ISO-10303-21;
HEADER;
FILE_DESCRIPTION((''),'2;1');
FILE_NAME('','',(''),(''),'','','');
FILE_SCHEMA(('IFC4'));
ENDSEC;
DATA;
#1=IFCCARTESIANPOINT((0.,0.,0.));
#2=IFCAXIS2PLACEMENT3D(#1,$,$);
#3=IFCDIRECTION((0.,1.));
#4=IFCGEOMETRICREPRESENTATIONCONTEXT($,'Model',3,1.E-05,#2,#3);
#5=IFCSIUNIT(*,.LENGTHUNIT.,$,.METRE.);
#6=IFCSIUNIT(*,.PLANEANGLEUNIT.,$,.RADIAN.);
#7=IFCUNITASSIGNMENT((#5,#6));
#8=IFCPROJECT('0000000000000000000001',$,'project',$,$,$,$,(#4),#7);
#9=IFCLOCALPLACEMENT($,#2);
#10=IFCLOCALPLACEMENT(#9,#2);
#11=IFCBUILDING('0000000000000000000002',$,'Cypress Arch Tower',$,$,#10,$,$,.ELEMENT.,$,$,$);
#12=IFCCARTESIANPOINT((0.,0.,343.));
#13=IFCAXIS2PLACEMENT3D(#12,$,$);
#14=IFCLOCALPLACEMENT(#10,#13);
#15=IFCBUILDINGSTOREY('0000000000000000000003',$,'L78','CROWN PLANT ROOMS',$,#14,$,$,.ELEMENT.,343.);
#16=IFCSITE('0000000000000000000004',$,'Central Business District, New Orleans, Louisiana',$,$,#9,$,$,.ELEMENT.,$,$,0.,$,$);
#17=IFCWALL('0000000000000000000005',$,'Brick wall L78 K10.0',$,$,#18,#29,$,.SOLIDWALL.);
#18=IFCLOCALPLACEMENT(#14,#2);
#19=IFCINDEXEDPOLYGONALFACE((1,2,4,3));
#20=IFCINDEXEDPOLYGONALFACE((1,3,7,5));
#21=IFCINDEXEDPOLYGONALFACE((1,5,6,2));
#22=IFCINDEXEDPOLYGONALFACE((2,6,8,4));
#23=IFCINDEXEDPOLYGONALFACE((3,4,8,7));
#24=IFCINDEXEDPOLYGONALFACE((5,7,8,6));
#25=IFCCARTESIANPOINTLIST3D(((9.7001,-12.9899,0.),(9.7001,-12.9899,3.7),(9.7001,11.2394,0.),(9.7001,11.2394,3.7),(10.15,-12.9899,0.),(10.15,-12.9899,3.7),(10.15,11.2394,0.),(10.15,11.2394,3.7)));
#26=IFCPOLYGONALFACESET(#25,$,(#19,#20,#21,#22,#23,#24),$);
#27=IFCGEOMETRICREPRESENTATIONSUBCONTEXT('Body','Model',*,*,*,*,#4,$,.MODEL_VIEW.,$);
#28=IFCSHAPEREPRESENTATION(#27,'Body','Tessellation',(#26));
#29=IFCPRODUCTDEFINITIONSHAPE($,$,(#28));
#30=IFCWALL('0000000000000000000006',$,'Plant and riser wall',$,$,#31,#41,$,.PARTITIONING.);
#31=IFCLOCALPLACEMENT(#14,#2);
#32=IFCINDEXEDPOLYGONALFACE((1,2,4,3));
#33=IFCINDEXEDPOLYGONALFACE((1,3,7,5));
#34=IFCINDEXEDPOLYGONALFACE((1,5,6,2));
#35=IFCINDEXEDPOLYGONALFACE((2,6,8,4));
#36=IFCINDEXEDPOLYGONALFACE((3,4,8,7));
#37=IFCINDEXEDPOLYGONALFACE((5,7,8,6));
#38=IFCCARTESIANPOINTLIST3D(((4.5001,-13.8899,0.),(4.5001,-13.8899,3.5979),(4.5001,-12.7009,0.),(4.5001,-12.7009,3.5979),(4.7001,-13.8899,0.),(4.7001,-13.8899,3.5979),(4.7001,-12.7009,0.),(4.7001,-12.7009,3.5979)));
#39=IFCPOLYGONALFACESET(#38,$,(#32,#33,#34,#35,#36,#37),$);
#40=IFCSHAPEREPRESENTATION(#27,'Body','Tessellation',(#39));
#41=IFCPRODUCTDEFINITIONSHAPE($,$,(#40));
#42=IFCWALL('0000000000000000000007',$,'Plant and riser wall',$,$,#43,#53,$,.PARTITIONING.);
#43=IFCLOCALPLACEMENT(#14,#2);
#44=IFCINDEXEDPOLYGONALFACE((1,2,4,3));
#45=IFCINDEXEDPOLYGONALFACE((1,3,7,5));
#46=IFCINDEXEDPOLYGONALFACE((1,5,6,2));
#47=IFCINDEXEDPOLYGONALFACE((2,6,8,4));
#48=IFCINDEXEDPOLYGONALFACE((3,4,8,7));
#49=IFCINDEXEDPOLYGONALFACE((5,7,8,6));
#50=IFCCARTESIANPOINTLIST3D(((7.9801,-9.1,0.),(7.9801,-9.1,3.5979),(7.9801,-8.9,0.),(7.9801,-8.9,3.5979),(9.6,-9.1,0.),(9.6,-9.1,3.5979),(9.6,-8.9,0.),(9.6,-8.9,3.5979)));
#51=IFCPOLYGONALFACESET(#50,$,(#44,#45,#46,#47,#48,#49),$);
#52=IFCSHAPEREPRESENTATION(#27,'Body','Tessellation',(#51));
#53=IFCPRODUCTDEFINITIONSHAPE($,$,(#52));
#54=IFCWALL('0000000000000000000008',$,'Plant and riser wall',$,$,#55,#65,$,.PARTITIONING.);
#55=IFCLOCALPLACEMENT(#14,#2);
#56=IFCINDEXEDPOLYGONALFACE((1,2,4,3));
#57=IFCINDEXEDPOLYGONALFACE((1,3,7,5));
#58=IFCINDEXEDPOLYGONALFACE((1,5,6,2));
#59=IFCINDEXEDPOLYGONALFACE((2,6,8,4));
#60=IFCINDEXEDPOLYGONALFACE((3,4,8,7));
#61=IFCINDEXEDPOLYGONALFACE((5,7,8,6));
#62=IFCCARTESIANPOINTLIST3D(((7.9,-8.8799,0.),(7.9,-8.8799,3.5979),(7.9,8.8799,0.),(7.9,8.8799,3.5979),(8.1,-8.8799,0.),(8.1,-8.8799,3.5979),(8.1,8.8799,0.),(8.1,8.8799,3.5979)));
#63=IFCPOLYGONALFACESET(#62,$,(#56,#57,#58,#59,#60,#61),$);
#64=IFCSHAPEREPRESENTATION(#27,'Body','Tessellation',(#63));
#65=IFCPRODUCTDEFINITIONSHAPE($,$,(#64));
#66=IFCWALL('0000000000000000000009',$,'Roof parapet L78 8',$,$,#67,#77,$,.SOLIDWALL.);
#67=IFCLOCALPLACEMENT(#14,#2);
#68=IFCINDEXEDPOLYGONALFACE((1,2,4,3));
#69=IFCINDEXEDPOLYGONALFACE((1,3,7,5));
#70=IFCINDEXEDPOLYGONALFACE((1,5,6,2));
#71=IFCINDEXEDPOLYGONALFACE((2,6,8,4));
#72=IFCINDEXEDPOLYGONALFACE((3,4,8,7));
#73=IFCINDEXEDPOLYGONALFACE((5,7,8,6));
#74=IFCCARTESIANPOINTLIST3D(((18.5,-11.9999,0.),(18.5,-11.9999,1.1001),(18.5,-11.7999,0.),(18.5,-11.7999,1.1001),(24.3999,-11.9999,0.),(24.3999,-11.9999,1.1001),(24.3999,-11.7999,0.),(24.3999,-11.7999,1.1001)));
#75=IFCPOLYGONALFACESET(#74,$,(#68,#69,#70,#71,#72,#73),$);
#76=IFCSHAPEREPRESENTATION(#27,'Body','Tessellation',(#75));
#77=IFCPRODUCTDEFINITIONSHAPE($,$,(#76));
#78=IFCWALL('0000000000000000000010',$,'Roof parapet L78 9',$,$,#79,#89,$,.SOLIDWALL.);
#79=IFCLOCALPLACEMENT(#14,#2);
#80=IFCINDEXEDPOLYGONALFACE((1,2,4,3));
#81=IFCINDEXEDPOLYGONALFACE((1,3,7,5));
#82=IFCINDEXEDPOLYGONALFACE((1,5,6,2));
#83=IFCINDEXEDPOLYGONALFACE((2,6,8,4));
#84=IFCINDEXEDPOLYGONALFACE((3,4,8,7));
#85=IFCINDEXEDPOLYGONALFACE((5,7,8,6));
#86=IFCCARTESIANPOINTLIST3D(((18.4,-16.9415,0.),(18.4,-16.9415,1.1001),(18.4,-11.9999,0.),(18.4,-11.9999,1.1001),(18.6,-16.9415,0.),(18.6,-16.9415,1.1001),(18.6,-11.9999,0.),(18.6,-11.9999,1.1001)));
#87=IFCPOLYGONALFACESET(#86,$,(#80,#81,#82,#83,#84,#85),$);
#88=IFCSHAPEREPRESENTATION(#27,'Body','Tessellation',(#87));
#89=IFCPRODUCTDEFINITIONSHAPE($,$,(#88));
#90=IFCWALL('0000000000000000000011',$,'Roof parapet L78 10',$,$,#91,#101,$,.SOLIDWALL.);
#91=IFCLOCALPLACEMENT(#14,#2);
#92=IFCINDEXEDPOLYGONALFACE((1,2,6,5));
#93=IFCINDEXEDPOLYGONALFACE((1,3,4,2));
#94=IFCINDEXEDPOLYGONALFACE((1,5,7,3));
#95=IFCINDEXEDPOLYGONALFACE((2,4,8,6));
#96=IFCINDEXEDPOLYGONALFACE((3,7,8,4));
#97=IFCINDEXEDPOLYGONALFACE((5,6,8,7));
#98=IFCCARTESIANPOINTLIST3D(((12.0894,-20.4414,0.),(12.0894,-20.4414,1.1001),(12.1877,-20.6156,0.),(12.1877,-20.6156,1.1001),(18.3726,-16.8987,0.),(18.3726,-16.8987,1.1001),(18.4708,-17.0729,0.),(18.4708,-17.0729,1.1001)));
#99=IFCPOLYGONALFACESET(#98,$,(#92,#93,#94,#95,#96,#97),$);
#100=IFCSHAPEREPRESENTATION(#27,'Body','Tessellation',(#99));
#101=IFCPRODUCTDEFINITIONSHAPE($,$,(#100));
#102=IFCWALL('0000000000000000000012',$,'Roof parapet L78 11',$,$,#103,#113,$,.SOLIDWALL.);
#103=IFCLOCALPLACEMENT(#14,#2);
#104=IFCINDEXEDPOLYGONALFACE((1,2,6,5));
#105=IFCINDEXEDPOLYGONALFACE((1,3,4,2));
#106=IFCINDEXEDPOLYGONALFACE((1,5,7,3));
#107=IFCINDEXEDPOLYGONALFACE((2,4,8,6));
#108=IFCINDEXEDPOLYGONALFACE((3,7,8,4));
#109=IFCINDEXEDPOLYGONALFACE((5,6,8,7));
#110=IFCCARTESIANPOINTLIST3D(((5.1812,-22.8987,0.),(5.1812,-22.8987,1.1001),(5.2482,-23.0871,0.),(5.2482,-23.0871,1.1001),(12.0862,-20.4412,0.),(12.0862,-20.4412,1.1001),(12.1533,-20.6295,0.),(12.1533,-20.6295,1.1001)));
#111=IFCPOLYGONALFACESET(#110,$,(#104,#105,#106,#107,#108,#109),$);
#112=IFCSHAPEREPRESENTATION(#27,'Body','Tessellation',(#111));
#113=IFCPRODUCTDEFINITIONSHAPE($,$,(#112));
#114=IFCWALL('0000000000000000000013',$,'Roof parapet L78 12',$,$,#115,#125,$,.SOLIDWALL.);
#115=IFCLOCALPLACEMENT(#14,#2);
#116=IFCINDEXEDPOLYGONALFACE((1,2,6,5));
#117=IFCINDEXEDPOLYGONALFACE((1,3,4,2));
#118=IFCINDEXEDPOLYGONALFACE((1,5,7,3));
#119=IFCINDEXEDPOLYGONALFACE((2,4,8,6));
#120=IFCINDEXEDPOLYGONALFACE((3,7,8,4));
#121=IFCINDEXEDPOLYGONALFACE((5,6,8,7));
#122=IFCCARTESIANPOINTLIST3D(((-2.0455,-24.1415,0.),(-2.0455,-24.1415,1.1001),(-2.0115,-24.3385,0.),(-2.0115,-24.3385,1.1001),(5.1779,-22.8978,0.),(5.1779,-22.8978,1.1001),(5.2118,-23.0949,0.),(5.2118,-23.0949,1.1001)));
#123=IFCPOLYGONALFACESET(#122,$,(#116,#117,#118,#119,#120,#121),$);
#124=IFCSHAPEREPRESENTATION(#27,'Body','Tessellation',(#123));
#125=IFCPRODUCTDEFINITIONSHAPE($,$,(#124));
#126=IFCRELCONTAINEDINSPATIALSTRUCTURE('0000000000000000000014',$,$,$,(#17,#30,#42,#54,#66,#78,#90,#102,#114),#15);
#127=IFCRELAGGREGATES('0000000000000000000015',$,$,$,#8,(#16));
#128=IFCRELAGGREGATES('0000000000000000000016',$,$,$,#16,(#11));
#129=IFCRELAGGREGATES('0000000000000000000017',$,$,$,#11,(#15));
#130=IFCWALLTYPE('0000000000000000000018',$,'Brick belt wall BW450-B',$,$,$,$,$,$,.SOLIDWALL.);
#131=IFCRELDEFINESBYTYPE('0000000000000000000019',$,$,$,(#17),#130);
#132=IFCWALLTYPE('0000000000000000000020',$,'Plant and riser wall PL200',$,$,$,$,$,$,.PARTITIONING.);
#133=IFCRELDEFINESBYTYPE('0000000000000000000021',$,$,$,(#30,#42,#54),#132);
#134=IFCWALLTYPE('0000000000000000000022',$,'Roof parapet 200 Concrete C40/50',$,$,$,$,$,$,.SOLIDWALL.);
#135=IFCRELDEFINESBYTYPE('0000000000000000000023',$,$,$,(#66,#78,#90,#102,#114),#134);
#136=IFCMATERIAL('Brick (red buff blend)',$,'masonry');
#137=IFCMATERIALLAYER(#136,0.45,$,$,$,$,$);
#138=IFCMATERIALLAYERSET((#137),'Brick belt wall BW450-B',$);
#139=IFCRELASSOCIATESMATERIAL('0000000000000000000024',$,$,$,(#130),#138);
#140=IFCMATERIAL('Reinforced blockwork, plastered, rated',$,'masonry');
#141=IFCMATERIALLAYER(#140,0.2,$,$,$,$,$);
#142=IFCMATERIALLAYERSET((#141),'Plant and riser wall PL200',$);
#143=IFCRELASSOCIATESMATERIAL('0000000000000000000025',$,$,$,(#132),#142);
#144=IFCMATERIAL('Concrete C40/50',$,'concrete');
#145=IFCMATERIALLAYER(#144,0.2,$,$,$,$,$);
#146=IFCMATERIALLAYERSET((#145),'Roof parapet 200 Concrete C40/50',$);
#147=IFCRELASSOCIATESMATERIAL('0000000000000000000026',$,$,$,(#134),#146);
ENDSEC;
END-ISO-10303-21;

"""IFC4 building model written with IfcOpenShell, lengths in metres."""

from ifc_helpers import new_model, si_unit, direction, frame, frame_2d, origin, place, context, subcontext, project, spatial, rectangle, extrude, material, layer, layer_set, type_object, element, save


model = new_model("IFC4")

# Units and contexts
model_context = context("Model", 3, precision=1e-05, world=origin(), true_north=direction((0.0, 1.0)))
body_context = subcontext(model_context, "Body", "Model", "MODEL_VIEW")
ifc_project = project(units=[si_unit("LENGTHUNIT", "METRE"), si_unit("PLANEANGLEUNIT", "RADIAN")], contexts=[model_context])

# Site, building, storey
site_placement = place(None, origin())
site = spatial("IfcSite", under=ifc_project, at=site_placement, Name="Central Business District, New Orleans, Louisiana", CompositionType="ELEMENT", RefElevation=0.0)
building_placement = place(site_placement, origin())
building = spatial("IfcBuilding", under=site, at=building_placement, Name="Cypress Arch Tower", CompositionType="ELEMENT")
storey_placement = place(building_placement, frame((0.0, 0.0, 343.0)))
storey = spatial("IfcBuildingStorey", under=building, at=storey_placement, Name="L78", Description="CROWN PLANT ROOMS", CompositionType="ELEMENT", Elevation=343.0)

# Walls
ifc_material_1 = material(Name="Brick (red buff blend)", Category="masonry")
ifc_layer_1 = layer(ifc_material_1, 0.45)
ifc_layer_set_1 = layer_set([ifc_layer_1], Name="Brick belt wall BW450-B")
wall_type_1 = type_object("IfcWallType", Name="Brick belt wall BW450-B", PredefinedType="SOLIDWALL", material=ifc_layer_set_1)
wall_1_placement = place(storey_placement, frame((9.925, -12.99, 0.0), z_axis=(0.0, 0.0, 1.0), x_axis=(0.0, 1.0, 0.0)))
element("IfcWall", 1, at=wall_1_placement, inside=storey, type_object=wall_type_1, Name="Brick wall L78 K10.0", PredefinedType="SOLIDWALL", context=body_context, shape_type="SweptSolid", body=[
    extrude(rectangle(XDim=24.2292, YDim=0.45, at=frame_2d((12.1147, 0.0))), origin(), (0.0, 0.0, 1.0), 3.7),
])
ifc_material_2 = material(Name="Reinforced blockwork, plastered, rated", Category="masonry")
ifc_layer_2 = layer(ifc_material_2, 0.2)
ifc_layer_set_2 = layer_set([ifc_layer_2], Name="Plant and riser wall PL200")
wall_type_2 = type_object("IfcWallType", Name="Plant and riser wall PL200", PredefinedType="PARTITIONING", material=ifc_layer_set_2)
wall_2_placement = place(storey_placement, frame((4.6001, -13.8899, 0.0), z_axis=(0.0, 0.0, 1.0), x_axis=(0.0, 1.0, 0.0)))
element("IfcWall", 2, at=wall_2_placement, inside=storey, type_object=wall_type_2, Name="Plant and riser wall", PredefinedType="PARTITIONING", context=body_context, shape_type="SweptSolid", body=[
    extrude(rectangle(XDim=1.189, YDim=0.2, at=frame_2d((0.5945, 0.0))), origin(), (0.0, 0.0, 1.0), 3.5979),
])
wall_3_placement = place(storey_placement, frame((7.98, -9.0, 0.0), z_axis=(0.0, 0.0, 1.0), x_axis=(1.0, 0.0, 0.0)))
element("IfcWall", 3, at=wall_3_placement, inside=storey, type_object=wall_type_2, Name="Plant and riser wall", PredefinedType="PARTITIONING", context=body_context, shape_type="SweptSolid", body=[
    extrude(rectangle(XDim=1.6199, YDim=0.2, at=frame_2d((0.8101, 0.0))), origin(), (0.0, 0.0, 1.0), 3.5979),
])
wall_4_placement = place(storey_placement, frame((8.0, -8.8799, 0.0), z_axis=(0.0, 0.0, 1.0), x_axis=(0.0, 1.0, 0.0)))
element("IfcWall", 4, at=wall_4_placement, inside=storey, type_object=wall_type_2, Name="Plant and riser wall", PredefinedType="PARTITIONING", context=body_context, shape_type="SweptSolid", body=[
    extrude(rectangle(XDim=17.7598, YDim=0.2, at=frame_2d((8.8799, 0.0))), origin(), (0.0, 0.0, 1.0), 3.5979),
])
ifc_material_3 = material(Name="Concrete C40/50", Category="concrete")
ifc_layer_3 = layer(ifc_material_3, 0.2)
ifc_layer_set_3 = layer_set([ifc_layer_3], Name="Roof parapet 200 Concrete C40/50")
wall_type_3 = type_object("IfcWallType", Name="Roof parapet 200 Concrete C40/50", PredefinedType="SOLIDWALL", material=ifc_layer_set_3)
wall_5_placement = place(storey_placement, frame((24.3999, -11.8999, 0.0), z_axis=(0.0, 0.0, 1.0), x_axis=(-1.0, 0.0, 0.0)))
element("IfcWall", 5, at=wall_5_placement, inside=storey, type_object=wall_type_3, Name="Roof parapet L78 8", PredefinedType="SOLIDWALL", context=body_context, shape_type="SweptSolid", body=[
    extrude(rectangle(XDim=5.8999, YDim=0.2, at=frame_2d((2.95, 0.0))), origin(), (0.0, 0.0, 1.0), 1.1001),
])
wall_6_placement = place(storey_placement, frame((18.5, -12.0, 0.0), z_axis=(0.0, 0.0, 1.0), x_axis=(0.0, -1.0, 0.0)))
element("IfcWall", 6, at=wall_6_placement, inside=storey, type_object=wall_type_3, Name="Roof parapet L78 9", PredefinedType="SOLIDWALL", context=body_context, shape_type="SweptSolid", body=[
    extrude(rectangle(XDim=4.9417, YDim=0.2, at=frame_2d((2.4707, 0.0))), origin(), (0.0, 0.0, 1.0), 1.1001),
])
wall_7_placement = place(storey_placement, frame((18.4216, -16.9858, 0.0), z_axis=(0.0, 0.0, 1.0), x_axis=(-0.871076, -0.491148, 0.0)))
element("IfcWall", 7, at=wall_7_placement, inside=storey, type_object=wall_type_3, Name="Roof parapet L78 10", PredefinedType="SOLIDWALL", context=body_context, shape_type="SweptSolid", body=[
    extrude(rectangle(XDim=7.2131, YDim=0.2, at=frame_2d((3.6064, 0.0))), origin(), (0.0, 0.0, 1.0), 1.1001),
])
wall_8_placement = place(storey_placement, frame((12.1196, -20.5354, 0.0), z_axis=(0.0, 0.0, 1.0), x_axis=(-0.942111, -0.3353, 0.0)))
element("IfcWall", 8, at=wall_8_placement, inside=storey, type_object=wall_type_3, Name="Roof parapet L78 11", PredefinedType="SOLIDWALL", context=body_context, shape_type="SweptSolid", body=[
    extrude(rectangle(XDim=7.3293, YDim=0.2, at=frame_2d((3.6646, 0.0))), origin(), (0.0, 0.0, 1.0), 1.1001),
])
wall_9_placement = place(storey_placement, frame((5.1948, -22.9963, 0.0), z_axis=(0.0, 0.0, 1.0), x_axis=(-0.9855, -0.169674, 0.0)))
element("IfcWall", 9, at=wall_9_placement, inside=storey, type_object=wall_type_3, Name="Roof parapet L78 12", PredefinedType="SOLIDWALL", context=body_context, shape_type="SweptSolid", body=[
    extrude(rectangle(XDim=7.3296, YDim=0.2, at=frame_2d((3.6648, 0.0))), origin(), (0.0, 0.0, 1.0), 1.1001),
])

save(model, "model.ifc")
